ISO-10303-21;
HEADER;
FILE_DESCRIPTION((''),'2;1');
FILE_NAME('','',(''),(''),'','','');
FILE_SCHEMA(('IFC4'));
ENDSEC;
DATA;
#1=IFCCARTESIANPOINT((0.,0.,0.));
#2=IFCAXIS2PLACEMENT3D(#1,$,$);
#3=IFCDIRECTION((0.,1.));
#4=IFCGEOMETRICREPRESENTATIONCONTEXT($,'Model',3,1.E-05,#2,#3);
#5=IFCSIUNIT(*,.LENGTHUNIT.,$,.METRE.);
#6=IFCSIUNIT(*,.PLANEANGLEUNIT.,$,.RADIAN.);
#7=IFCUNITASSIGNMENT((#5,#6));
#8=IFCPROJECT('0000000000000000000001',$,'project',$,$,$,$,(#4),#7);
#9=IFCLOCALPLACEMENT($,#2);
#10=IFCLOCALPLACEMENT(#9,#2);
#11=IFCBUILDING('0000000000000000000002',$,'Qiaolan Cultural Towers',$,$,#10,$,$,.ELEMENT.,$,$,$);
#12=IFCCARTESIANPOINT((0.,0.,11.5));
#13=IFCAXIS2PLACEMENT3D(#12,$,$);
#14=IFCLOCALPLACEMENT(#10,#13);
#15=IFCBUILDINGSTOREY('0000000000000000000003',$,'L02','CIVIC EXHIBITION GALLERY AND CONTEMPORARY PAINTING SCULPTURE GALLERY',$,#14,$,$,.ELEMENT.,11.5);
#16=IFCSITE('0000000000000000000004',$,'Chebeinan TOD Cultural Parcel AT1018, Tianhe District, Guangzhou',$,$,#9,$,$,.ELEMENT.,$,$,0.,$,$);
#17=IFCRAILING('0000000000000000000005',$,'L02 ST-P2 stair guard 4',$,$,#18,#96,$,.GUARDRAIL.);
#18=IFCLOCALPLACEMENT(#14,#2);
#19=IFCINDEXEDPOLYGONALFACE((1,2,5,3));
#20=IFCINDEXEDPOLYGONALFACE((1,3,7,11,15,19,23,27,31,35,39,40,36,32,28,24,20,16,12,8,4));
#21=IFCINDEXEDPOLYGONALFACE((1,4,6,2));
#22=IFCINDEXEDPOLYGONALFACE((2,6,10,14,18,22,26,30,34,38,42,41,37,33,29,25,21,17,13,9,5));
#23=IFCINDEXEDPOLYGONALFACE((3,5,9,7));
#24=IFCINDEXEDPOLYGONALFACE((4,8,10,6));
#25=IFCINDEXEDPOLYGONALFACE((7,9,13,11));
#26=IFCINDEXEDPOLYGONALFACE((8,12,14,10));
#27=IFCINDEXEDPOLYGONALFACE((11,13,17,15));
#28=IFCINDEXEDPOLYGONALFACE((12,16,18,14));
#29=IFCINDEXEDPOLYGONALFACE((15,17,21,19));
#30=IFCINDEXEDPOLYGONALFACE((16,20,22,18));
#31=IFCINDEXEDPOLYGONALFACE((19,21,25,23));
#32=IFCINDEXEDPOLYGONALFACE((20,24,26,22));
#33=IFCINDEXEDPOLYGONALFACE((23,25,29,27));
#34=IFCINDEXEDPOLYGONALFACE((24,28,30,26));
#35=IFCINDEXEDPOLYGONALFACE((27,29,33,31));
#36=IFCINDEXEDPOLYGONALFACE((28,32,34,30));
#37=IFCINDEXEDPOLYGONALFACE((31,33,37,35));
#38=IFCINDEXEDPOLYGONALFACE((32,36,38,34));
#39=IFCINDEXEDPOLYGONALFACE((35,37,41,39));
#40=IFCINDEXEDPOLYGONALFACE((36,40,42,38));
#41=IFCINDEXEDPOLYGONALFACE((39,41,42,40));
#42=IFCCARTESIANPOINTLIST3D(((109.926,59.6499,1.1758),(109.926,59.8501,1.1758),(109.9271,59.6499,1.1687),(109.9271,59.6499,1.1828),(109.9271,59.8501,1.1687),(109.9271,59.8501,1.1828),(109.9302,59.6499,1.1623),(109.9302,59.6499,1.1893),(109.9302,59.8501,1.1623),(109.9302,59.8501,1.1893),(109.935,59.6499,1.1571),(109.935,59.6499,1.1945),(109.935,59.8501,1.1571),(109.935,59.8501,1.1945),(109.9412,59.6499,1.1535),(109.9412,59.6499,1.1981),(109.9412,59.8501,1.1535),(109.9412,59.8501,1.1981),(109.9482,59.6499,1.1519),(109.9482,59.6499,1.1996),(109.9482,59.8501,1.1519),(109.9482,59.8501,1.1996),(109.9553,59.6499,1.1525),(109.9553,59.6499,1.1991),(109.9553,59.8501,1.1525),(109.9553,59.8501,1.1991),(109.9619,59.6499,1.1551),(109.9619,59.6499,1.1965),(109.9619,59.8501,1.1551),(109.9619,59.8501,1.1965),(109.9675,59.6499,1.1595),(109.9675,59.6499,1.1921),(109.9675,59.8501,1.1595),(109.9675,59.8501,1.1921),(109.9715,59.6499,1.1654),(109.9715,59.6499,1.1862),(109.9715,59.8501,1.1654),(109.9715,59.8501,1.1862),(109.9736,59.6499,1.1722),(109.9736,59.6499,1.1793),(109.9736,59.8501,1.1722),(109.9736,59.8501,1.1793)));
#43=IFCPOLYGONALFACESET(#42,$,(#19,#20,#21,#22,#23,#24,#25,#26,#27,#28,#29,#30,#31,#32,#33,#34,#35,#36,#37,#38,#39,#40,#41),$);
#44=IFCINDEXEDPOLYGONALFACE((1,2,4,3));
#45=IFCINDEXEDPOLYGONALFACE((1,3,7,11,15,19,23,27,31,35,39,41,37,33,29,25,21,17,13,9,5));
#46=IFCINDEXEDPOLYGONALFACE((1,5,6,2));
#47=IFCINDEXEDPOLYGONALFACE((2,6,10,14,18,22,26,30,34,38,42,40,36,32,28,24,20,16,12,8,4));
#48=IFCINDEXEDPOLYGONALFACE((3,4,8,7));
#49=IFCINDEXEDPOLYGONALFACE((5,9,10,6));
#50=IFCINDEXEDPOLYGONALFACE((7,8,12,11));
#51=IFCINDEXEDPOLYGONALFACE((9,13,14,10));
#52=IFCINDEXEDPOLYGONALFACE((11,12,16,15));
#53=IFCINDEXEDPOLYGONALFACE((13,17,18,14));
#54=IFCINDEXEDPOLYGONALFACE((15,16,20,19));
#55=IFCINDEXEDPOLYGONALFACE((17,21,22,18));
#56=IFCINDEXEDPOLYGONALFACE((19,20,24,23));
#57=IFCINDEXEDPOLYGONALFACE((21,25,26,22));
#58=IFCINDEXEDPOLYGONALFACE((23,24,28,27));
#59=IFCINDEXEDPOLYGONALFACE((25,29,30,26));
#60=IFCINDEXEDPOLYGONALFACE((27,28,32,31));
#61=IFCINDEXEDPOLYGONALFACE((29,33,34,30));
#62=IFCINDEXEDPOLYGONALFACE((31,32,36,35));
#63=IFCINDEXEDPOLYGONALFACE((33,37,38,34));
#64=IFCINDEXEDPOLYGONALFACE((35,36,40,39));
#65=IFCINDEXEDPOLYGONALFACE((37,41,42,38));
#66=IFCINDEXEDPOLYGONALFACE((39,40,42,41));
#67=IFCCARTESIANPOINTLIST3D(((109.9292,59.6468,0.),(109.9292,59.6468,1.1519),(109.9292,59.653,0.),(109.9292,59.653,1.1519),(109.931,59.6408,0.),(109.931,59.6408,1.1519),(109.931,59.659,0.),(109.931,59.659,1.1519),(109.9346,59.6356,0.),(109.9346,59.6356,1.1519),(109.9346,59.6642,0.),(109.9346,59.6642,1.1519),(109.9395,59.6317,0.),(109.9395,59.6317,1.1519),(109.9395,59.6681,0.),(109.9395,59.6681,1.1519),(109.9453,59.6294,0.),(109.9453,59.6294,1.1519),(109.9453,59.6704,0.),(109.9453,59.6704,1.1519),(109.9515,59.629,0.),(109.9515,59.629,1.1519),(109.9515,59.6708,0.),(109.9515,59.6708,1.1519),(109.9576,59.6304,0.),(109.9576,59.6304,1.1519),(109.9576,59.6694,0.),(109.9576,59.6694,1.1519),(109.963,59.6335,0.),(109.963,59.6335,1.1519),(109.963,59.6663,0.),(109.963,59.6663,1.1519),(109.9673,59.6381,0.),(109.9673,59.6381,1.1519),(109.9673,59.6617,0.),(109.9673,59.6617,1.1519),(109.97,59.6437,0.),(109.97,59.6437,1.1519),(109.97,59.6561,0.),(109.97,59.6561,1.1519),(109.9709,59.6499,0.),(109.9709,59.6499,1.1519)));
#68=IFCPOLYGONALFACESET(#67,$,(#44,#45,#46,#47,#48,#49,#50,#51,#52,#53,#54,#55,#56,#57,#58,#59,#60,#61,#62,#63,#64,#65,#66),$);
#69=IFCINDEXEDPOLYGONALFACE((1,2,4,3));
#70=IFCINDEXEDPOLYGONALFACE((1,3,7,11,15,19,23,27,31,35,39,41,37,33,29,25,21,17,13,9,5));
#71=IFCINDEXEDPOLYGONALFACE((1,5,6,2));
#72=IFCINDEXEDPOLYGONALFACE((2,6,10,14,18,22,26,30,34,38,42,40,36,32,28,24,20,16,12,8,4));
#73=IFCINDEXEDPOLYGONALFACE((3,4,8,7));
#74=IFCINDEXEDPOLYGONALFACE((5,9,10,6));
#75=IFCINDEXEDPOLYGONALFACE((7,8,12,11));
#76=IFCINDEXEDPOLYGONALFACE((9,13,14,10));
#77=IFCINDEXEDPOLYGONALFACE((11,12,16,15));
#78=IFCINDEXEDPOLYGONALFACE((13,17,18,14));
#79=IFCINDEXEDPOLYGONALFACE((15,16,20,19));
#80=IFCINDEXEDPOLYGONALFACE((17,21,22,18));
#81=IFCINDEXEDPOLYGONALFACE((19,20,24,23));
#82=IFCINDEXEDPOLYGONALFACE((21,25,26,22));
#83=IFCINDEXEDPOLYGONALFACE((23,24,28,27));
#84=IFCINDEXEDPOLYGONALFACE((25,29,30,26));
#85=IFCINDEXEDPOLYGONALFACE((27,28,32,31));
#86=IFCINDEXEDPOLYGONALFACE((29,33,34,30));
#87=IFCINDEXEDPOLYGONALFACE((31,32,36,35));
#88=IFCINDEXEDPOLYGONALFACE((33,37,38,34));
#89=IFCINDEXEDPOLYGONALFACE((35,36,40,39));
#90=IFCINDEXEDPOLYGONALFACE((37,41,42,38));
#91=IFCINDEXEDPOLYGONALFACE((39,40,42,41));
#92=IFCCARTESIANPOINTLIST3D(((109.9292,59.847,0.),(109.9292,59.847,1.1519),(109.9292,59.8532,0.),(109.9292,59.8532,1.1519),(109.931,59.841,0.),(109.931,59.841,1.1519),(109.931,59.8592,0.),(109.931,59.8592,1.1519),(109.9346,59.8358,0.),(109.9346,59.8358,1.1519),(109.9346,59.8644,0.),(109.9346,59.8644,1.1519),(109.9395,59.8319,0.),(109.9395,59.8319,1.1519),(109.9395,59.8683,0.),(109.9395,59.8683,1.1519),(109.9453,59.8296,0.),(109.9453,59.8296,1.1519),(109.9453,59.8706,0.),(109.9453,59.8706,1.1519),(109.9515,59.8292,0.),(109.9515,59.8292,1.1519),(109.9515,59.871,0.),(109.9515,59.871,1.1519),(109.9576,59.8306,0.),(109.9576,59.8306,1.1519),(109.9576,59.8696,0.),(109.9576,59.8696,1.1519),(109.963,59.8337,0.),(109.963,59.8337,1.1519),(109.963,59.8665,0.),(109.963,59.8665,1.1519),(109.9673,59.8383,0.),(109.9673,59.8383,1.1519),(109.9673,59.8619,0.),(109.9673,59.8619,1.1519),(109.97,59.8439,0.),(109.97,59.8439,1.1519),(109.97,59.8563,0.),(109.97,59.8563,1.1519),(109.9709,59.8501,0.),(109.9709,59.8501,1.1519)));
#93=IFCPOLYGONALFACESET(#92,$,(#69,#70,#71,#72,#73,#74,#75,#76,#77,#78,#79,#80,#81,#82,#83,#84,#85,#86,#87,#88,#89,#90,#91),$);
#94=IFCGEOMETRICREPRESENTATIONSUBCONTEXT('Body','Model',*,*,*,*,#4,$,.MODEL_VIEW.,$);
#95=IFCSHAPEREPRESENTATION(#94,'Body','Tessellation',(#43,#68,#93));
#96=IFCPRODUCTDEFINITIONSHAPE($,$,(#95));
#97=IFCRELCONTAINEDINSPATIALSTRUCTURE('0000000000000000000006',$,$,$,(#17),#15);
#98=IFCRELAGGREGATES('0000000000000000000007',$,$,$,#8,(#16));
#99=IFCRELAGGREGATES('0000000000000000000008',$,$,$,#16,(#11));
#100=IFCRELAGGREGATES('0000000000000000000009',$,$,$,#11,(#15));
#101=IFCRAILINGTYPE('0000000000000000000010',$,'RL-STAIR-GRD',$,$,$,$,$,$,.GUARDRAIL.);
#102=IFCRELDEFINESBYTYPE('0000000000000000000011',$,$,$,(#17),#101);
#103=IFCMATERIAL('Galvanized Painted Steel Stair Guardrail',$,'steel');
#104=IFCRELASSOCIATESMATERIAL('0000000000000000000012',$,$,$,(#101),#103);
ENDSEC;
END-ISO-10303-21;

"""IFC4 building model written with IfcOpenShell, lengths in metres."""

from ifc_helpers import new_model, si_unit, direction, frame, origin, origin_2d, place, context, subcontext, project, spatial, circle, extrude, material, type_object, element, save


model = new_model("IFC4")

# Units and contexts
model_context = context("Model", 3, precision=1e-05, world=origin(), true_north=direction((0.0, 1.0)))
body_context = subcontext(model_context, "Body", "Model", "MODEL_VIEW")
ifc_project = project(units=[si_unit("LENGTHUNIT", "METRE"), si_unit("PLANEANGLEUNIT", "RADIAN")], contexts=[model_context])

# Site, building, storey
site_placement = place(None, origin())
site = spatial("IfcSite", under=ifc_project, at=site_placement, Name="Chebeinan TOD Cultural Parcel AT1018, Tianhe District, Guangzhou", CompositionType="ELEMENT", RefElevation=0.0)
building_placement = place(site_placement, origin())
building = spatial("IfcBuilding", under=site, at=building_placement, Name="Qiaolan Cultural Towers", CompositionType="ELEMENT")
storey_placement = place(building_placement, frame((0.0, 0.0, 11.5)))
storey = spatial("IfcBuildingStorey", under=building, at=storey_placement, Name="L02", Description="CIVIC EXHIBITION GALLERY AND CONTEMPORARY PAINTING SCULPTURE GALLERY", CompositionType="ELEMENT", Elevation=11.5)

# Railing
ifc_material_1 = material(Name="Galvanized Painted Steel Stair Guardrail", Category="steel")
railing_type_1 = type_object("IfcRailingType", Name="RL-STAIR-GRD", PredefinedType="GUARDRAIL", material=ifc_material_1)
railing_1_placement = place(storey_placement, frame((109.95, 59.6499, 0.0)))
element("IfcRailing", 1, at=railing_1_placement, inside=storey, type_object=railing_type_1, Name="L02 ST-P2 stair guard 4", PredefinedType="GUARDRAIL", context=body_context, shape_type="SweptSolid", body=[
    extrude(circle(Radius=0.0239, at=origin_2d()), frame((0.0, 0.0, 1.1758), z_axis=(0.0, 1.0, 0.0), x_axis=(-1.0, 0.0, 0.0)), (0.0, 0.0, 1.0), 0.2002),
    extrude(circle(Radius=0.021, at=origin_2d()), origin(), (0.0, 0.0, 1.0), 1.1519),
    extrude(circle(Radius=0.021, at=origin_2d()), frame((0.0, 0.2002, 0.0)), (0.0, 0.0, 1.0), 1.1519),
])

save(model, "model.ifc")
